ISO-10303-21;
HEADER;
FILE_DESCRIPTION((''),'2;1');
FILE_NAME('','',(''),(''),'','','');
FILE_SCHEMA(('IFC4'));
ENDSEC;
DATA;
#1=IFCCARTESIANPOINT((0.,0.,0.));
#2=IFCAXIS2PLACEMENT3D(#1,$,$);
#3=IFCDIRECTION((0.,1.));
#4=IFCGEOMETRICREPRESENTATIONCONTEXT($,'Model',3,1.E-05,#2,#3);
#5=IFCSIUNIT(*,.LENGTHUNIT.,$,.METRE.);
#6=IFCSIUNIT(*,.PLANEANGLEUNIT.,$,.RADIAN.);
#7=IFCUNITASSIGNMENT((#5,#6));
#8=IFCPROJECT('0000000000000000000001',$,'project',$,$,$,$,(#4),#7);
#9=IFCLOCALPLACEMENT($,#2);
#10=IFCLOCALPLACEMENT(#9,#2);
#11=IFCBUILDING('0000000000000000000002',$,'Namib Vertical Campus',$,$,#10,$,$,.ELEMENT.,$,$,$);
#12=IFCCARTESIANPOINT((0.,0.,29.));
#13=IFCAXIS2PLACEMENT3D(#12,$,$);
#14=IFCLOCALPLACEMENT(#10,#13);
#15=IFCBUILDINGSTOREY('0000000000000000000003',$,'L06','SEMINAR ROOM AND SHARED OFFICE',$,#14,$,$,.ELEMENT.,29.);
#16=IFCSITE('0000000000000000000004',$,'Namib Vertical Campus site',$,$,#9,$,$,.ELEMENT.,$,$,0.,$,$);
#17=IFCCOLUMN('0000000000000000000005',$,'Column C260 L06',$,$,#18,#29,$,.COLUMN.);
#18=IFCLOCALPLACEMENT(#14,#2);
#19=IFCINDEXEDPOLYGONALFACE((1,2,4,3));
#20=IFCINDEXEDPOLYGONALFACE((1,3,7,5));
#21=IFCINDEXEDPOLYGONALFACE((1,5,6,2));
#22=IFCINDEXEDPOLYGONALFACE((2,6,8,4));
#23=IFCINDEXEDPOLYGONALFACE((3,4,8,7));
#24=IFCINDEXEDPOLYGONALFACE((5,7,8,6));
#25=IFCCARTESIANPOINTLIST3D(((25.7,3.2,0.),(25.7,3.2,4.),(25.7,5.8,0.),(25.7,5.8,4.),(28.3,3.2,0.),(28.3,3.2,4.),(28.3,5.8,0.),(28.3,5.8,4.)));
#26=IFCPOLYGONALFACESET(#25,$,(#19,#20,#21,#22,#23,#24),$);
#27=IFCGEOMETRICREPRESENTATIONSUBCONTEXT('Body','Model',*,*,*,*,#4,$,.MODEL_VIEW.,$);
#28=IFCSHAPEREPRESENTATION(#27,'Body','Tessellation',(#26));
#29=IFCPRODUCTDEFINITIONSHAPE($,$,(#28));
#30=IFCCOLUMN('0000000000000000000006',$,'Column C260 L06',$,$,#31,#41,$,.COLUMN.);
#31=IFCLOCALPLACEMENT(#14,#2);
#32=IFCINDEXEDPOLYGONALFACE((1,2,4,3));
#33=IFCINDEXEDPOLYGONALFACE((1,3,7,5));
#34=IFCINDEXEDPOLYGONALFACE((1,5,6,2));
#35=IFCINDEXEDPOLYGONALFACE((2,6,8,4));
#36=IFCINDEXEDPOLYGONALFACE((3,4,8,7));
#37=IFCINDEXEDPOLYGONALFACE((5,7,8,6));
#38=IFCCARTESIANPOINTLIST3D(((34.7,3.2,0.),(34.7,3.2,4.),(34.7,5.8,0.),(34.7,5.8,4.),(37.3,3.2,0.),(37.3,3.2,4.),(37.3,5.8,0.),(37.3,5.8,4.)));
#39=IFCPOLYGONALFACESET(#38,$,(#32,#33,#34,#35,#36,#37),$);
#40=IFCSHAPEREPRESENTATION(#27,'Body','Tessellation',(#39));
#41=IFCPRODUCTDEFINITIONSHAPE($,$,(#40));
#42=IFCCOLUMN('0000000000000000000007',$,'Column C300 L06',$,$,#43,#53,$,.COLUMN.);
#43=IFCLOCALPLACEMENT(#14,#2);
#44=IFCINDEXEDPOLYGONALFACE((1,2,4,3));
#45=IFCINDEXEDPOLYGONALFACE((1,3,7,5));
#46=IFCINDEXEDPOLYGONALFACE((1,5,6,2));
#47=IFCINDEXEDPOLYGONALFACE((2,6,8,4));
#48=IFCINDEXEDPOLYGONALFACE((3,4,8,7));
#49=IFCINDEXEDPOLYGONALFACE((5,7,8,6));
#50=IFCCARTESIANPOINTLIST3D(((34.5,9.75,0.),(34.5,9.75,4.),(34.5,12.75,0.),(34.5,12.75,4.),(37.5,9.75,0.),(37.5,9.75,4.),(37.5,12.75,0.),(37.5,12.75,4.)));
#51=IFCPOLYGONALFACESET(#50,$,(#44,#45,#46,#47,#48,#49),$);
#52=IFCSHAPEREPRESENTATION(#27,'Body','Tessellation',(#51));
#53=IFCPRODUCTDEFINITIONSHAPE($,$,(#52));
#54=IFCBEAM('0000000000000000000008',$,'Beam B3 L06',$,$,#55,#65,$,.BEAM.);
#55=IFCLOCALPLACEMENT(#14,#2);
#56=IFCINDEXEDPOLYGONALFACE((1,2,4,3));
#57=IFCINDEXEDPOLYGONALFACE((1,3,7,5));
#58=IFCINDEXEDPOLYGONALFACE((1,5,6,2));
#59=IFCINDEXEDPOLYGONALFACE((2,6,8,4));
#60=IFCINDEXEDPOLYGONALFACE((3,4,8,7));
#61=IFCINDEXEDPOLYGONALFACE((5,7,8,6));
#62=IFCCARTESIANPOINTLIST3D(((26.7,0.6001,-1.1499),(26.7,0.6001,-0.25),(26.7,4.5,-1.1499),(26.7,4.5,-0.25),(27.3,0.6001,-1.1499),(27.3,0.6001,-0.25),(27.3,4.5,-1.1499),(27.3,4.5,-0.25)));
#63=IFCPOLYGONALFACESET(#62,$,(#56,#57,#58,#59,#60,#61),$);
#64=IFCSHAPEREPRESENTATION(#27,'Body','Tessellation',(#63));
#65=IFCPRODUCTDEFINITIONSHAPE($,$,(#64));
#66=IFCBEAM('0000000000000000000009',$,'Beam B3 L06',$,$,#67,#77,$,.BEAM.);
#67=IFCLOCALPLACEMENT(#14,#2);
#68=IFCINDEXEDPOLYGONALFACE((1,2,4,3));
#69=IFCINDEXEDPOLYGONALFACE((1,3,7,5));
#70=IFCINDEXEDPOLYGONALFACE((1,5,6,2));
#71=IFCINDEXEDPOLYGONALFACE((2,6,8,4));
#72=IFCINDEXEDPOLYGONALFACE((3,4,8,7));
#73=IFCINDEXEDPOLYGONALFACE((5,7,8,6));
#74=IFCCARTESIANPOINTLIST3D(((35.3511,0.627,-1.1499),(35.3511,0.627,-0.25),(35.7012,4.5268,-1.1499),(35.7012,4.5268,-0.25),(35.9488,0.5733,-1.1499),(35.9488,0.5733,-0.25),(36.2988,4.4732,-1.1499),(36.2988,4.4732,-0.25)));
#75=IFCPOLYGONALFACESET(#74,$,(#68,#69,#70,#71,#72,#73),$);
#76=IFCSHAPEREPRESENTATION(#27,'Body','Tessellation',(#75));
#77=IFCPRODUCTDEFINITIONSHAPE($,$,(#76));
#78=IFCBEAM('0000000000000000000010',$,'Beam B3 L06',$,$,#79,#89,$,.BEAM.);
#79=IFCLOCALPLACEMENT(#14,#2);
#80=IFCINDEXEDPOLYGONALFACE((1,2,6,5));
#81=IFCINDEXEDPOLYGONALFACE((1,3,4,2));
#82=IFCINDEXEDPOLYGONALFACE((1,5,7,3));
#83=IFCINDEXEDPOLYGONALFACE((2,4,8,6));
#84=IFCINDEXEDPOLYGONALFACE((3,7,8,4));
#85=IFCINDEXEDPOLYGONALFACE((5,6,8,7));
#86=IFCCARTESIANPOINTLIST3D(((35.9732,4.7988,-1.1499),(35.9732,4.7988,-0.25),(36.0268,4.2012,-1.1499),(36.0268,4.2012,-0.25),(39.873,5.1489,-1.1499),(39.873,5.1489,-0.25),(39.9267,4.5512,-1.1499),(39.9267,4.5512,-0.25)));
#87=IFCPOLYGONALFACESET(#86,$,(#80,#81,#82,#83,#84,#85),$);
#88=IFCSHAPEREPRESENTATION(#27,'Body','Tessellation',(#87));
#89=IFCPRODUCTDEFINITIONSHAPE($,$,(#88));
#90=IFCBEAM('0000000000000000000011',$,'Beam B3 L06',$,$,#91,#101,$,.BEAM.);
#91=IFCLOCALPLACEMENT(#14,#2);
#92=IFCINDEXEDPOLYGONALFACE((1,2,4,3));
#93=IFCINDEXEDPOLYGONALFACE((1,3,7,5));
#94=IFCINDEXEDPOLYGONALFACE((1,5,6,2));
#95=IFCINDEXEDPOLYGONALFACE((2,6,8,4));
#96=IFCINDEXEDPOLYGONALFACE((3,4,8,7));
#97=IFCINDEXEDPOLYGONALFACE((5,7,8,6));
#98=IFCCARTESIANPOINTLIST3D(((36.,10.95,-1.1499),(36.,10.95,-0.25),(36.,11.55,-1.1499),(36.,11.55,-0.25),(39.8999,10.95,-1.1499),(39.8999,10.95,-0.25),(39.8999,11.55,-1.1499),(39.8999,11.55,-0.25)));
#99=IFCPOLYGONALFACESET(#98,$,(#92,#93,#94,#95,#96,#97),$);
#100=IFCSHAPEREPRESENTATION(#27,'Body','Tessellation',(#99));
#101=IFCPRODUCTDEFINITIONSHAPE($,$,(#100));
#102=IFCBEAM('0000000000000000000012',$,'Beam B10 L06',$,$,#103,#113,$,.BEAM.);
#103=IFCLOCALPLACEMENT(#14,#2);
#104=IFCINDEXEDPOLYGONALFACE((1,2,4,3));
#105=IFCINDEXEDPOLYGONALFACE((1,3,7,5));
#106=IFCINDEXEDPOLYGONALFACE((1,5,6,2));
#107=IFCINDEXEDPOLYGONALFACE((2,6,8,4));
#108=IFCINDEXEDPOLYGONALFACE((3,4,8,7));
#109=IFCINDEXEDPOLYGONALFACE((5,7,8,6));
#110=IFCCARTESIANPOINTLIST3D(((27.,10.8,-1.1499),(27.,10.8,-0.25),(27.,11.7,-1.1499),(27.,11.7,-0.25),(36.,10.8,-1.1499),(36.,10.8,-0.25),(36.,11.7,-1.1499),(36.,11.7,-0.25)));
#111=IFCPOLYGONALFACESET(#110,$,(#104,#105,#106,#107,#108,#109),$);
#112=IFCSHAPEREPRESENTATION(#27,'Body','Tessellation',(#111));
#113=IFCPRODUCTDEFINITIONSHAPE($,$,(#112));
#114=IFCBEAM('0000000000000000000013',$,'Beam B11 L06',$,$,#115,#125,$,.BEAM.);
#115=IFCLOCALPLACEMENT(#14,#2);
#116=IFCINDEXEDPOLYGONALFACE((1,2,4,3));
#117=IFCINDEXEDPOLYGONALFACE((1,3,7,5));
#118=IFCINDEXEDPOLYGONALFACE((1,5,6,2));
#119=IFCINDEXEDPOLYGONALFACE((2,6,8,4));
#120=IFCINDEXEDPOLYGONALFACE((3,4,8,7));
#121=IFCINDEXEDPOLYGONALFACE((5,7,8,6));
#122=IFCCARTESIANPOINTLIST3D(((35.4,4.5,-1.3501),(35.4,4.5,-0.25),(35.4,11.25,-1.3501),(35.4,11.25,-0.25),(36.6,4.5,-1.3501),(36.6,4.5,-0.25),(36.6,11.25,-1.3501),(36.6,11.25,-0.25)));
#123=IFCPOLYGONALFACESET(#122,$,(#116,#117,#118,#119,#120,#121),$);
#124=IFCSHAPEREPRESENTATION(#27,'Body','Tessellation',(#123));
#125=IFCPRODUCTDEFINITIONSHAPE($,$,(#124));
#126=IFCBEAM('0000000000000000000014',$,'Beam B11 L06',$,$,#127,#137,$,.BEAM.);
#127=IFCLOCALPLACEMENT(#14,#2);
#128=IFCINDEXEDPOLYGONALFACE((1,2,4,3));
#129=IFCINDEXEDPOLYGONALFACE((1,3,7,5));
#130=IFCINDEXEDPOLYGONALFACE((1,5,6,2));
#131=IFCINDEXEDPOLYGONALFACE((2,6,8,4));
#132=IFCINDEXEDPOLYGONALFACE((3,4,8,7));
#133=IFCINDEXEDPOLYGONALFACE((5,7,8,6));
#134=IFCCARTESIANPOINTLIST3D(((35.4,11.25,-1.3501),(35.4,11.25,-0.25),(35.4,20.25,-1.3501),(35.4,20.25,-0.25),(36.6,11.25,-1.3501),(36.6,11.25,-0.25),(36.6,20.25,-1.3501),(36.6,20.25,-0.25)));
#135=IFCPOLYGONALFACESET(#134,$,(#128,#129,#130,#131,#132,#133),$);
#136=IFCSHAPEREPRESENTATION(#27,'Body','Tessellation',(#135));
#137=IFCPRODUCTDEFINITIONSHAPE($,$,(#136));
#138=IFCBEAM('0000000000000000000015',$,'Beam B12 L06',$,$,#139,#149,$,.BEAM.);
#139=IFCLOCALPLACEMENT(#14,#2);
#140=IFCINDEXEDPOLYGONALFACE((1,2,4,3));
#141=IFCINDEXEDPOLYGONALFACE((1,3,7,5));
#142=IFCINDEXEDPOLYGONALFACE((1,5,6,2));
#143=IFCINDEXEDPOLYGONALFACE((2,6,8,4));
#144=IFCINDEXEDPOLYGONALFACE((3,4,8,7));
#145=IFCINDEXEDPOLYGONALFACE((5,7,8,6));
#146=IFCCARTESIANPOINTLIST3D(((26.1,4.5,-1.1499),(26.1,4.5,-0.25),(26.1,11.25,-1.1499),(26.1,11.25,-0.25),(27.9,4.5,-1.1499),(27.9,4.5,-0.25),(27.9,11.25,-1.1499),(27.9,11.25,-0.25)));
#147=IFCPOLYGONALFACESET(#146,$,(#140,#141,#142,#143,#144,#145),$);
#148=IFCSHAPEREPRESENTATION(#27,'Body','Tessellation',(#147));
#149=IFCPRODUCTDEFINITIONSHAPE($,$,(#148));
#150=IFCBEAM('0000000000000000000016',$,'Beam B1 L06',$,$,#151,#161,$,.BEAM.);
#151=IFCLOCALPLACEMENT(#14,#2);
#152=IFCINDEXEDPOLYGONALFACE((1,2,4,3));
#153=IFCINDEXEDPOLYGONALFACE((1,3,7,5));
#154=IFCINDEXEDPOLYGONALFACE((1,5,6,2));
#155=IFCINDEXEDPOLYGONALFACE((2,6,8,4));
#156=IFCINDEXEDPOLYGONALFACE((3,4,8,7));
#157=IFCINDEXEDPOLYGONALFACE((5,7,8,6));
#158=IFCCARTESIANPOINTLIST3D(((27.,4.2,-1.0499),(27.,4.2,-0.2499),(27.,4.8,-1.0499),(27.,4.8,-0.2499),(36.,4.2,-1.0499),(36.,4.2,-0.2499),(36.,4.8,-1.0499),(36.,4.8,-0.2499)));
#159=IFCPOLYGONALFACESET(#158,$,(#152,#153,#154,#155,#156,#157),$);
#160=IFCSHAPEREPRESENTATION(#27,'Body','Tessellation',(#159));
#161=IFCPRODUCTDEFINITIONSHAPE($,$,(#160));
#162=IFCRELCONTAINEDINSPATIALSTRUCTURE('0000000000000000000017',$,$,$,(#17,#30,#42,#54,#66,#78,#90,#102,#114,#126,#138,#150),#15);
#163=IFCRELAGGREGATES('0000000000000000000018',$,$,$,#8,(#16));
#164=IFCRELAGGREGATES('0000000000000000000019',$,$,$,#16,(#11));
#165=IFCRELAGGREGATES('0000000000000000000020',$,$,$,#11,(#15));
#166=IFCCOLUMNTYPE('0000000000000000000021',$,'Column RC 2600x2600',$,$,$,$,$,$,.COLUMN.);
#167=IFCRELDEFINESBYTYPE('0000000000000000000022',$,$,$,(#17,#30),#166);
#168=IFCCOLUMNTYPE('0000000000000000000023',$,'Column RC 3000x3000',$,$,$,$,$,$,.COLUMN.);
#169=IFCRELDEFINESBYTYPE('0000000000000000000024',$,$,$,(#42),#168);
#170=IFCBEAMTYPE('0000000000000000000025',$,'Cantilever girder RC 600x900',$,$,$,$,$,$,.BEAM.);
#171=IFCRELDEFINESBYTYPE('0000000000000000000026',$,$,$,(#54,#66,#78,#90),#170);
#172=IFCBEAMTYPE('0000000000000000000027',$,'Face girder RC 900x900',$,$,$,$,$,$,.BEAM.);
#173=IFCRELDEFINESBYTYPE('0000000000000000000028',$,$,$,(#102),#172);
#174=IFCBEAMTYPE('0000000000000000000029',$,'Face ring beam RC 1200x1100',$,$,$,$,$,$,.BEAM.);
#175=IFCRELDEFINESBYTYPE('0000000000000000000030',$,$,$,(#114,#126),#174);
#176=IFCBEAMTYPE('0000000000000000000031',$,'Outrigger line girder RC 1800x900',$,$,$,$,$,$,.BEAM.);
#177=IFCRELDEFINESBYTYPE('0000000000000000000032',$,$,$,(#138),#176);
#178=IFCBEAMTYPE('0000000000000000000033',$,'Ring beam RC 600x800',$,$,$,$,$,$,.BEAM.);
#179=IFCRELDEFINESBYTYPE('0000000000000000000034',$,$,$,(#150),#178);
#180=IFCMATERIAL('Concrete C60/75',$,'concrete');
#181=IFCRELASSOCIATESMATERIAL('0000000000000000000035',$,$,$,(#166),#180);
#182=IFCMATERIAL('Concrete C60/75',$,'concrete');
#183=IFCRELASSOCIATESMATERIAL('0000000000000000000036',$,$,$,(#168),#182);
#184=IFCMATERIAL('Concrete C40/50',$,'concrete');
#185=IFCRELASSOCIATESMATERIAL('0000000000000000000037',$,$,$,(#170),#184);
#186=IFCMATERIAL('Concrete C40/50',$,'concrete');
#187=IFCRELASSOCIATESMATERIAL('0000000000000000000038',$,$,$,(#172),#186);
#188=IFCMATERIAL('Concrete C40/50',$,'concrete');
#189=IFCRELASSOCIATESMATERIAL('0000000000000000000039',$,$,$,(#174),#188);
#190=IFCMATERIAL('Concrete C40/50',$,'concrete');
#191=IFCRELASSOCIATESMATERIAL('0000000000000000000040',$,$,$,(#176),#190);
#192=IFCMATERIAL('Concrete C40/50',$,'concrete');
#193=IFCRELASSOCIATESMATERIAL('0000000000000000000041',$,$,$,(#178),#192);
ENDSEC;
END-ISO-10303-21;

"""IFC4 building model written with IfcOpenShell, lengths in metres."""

from ifc_helpers import new_model, si_unit, direction, frame, origin, origin_2d, place, context, subcontext, project, spatial, rectangle, extrude, material, material_profile, profile_set, type_object, element, save


model = new_model("IFC4")

# Units and contexts
model_context = context("Model", 3, precision=1e-05, world=origin(), true_north=direction((0.0, 1.0)))
body_context = subcontext(model_context, "Body", "Model", "MODEL_VIEW")
ifc_project = project(units=[si_unit("LENGTHUNIT", "METRE"), si_unit("PLANEANGLEUNIT", "RADIAN")], contexts=[model_context])

# Site, building, storey
site_placement = place(None, origin())
site = spatial("IfcSite", under=ifc_project, at=site_placement, Name="Namib Vertical Campus site", CompositionType="ELEMENT", RefElevation=0.0)
building_placement = place(site_placement, origin())
building = spatial("IfcBuilding", under=site, at=building_placement, Name="Namib Vertical Campus", CompositionType="ELEMENT")
storey_placement = place(building_placement, frame((0.0, 0.0, 29.0)))
storey = spatial("IfcBuildingStorey", under=building, at=storey_placement, Name="L06", Description="SEMINAR ROOM AND SHARED OFFICE", CompositionType="ELEMENT", Elevation=29.0)

# Columns
ifc_material_1 = material(Name="Concrete C60/75", Category="concrete")
ifc_material_profile_1 = material_profile(ifc_material_1, rectangle(XDim=2.6001, YDim=2.6001, at=origin_2d()))
ifc_profile_set_1 = profile_set([ifc_material_profile_1], Name="Concrete C60/75")
column_type_1 = type_object("IfcColumnType", Name="Column RC 2600x2600", PredefinedType="COLUMN", material=ifc_profile_set_1)
for number, where, z_axis, x_axis, name in (
    (1, (27.0, 4.5, 0.0), (0.0, 0.0, 1.0), (1.0, 0.0, 0.0), "Column C260 L06"),
    (2, (36.0, 4.5, 0.0), (0.0, 0.0, 1.0), (1.0, 0.0, 0.0), "Column C260 L06"),
):
    element("IfcColumn", number, at=place(storey_placement, frame(where, z_axis=z_axis, x_axis=x_axis)), inside=storey, type_object=column_type_1, Name=name, PredefinedType="COLUMN", context=body_context, shape_type="SweptSolid", body=[
        extrude(rectangle(XDim=2.6001, YDim=2.6001, at=origin_2d()), origin(), (0.0, 0.0, 1.0), 4.0),
    ])
ifc_material_2 = material(Name="Concrete C60/75", Category="concrete")
ifc_material_profile_2 = material_profile(ifc_material_2, rectangle(XDim=3.0, YDim=3.0, at=origin_2d()))
ifc_profile_set_2 = profile_set([ifc_material_profile_2], Name="Concrete C60/75")
column_type_2 = type_object("IfcColumnType", Name="Column RC 3000x3000", PredefinedType="COLUMN", material=ifc_profile_set_2)
column_placement = place(storey_placement, frame((36.0, 11.25, 0.0), z_axis=(0.0, 0.0, 1.0), x_axis=(1.0, 0.0, 0.0)))
element("IfcColumn", 3, at=column_placement, inside=storey, type_object=column_type_2, Name="Column C300 L06", PredefinedType="COLUMN", context=body_context, shape_type="SweptSolid", body=[
    extrude(rectangle(XDim=3.0, YDim=3.0, at=origin_2d()), origin(), (0.0, 0.0, 1.0), 4.0),
])

# Beams
ifc_material_3 = material(Name="Concrete C40/50", Category="concrete")
ifc_material_profile_3 = material_profile(ifc_material_3, rectangle(XDim=0.6001, YDim=0.8999, at=origin_2d()))
ifc_profile_set_3 = profile_set([ifc_material_profile_3], Name="Concrete C40/50")
beam_type_1 = type_object("IfcBeamType", Name="Cantilever girder RC 600x900", PredefinedType="BEAM", material=ifc_profile_set_3)
beam_1_placement = place(storey_placement, frame((27.0, 4.5, -0.7), z_axis=(0.0, -1.0, 0.0), x_axis=(1.0, 0.0, 0.0)))
element("IfcBeam", 4, at=beam_1_placement, inside=storey, type_object=beam_type_1, Name="Beam B3 L06", PredefinedType="BEAM", context=body_context, shape_type="SweptSolid", body=[
    extrude(rectangle(XDim=0.6001, YDim=0.8999, at=origin_2d()), origin(), (0.0, 0.0, 1.0), 3.8999),
])
for number, where, z_axis, x_axis, name in (
    (5, (36.0, 4.5, -0.7), (-0.089411, -0.995995, 0.0), (0.995995, -0.089411, 0.0), "Beam B3 L06"),
    (6, (36.0, 4.5, -0.7), (0.995995, 0.089411, 0.0), (-0.089411, 0.995995, 0.0), "Beam B3 L06"),
):
    element("IfcBeam", number, at=place(storey_placement, frame(where, z_axis=z_axis, x_axis=x_axis)), inside=storey, type_object=beam_type_1, Name=name, PredefinedType="BEAM", context=body_context, shape_type="SweptSolid", body=[
        extrude(rectangle(XDim=0.6001, YDim=0.8999, at=origin_2d()), origin(), (0.0, 0.0, 1.0), 3.9155),
    ])
beam_2_placement = place(storey_placement, frame((36.0, 11.25, -0.7), z_axis=(1.0, 0.0, 0.0), x_axis=(0.0, 1.0, 0.0)))
element("IfcBeam", 7, at=beam_2_placement, inside=storey, type_object=beam_type_1, Name="Beam B3 L06", PredefinedType="BEAM", context=body_context, shape_type="SweptSolid", body=[
    extrude(rectangle(XDim=0.6001, YDim=0.8999, at=origin_2d()), origin(), (0.0, 0.0, 1.0), 3.8999),
])
ifc_material_4 = material(Name="Concrete C40/50", Category="concrete")
ifc_material_profile_4 = material_profile(ifc_material_4, rectangle(XDim=0.8999, YDim=0.8999, at=origin_2d()))
ifc_profile_set_4 = profile_set([ifc_material_profile_4], Name="Concrete C40/50")
beam_type_2 = type_object("IfcBeamType", Name="Face girder RC 900x900", PredefinedType="BEAM", material=ifc_profile_set_4)
beam_3_placement = place(storey_placement, frame((36.0, 11.25, -0.7), z_axis=(-1.0, 0.0, 0.0), x_axis=(0.0, -1.0, 0.0)))
element("IfcBeam", 8, at=beam_3_placement, inside=storey, type_object=beam_type_2, Name="Beam B10 L06", PredefinedType="BEAM", context=body_context, shape_type="SweptSolid", body=[
    extrude(rectangle(XDim=0.8999, YDim=0.8999, at=origin_2d()), origin(), (0.0, 0.0, 1.0), 9.0),
])
ifc_material_5 = material(Name="Concrete C40/50", Category="concrete")
ifc_material_profile_5 = material_profile(ifc_material_5, rectangle(XDim=1.2, YDim=1.1001, at=origin_2d()))
ifc_profile_set_5 = profile_set([ifc_material_profile_5], Name="Concrete C40/50")
beam_type_3 = type_object("IfcBeamType", Name="Face ring beam RC 1200x1100", PredefinedType="BEAM", material=ifc_profile_set_5)
beam_4_placement = place(storey_placement, frame((36.0, 4.5, -0.8), z_axis=(0.0, 1.0, 0.0), x_axis=(-1.0, 0.0, 0.0)))
element("IfcBeam", 9, at=beam_4_placement, inside=storey, type_object=beam_type_3, Name="Beam B11 L06", PredefinedType="BEAM", context=body_context, shape_type="SweptSolid", body=[
    extrude(rectangle(XDim=1.2, YDim=1.1001, at=origin_2d()), origin(), (0.0, 0.0, 1.0), 6.75),
])
beam_5_placement = place(storey_placement, frame((36.0, 11.25, -0.8), z_axis=(0.0, 1.0, 0.0), x_axis=(-1.0, 0.0, 0.0)))
element("IfcBeam", 10, at=beam_5_placement, inside=storey, type_object=beam_type_3, Name="Beam B11 L06", PredefinedType="BEAM", context=body_context, shape_type="SweptSolid", body=[
    extrude(rectangle(XDim=1.2, YDim=1.1001, at=origin_2d()), origin(), (0.0, 0.0, 1.0), 9.0),
])
ifc_material_6 = material(Name="Concrete C40/50", Category="concrete")
ifc_material_profile_6 = material_profile(ifc_material_6, rectangle(XDim=1.8, YDim=0.8999, at=origin_2d()))
ifc_profile_set_6 = profile_set([ifc_material_profile_6], Name="Concrete C40/50")
beam_type_4 = type_object("IfcBeamType", Name="Outrigger line girder RC 1800x900", PredefinedType="BEAM", material=ifc_profile_set_6)
beam_6_placement = place(storey_placement, frame((27.0, 4.5, -0.7), z_axis=(0.0, 1.0, 0.0), x_axis=(-1.0, 0.0, 0.0)))
element("IfcBeam", 11, at=beam_6_placement, inside=storey, type_object=beam_type_4, Name="Beam B12 L06", PredefinedType="BEAM", context=body_context, shape_type="SweptSolid", body=[
    extrude(rectangle(XDim=1.8, YDim=0.8999, at=origin_2d()), origin(), (0.0, 0.0, 1.0), 6.75),
])
ifc_material_7 = material(Name="Concrete C40/50", Category="concrete")
ifc_material_profile_7 = material_profile(ifc_material_7, rectangle(XDim=0.6001, YDim=0.8, at=origin_2d()))
ifc_profile_set_7 = profile_set([ifc_material_profile_7], Name="Concrete C40/50")
beam_type_5 = type_object("IfcBeamType", Name="Ring beam RC 600x800", PredefinedType="BEAM", material=ifc_profile_set_7)
beam_7_placement = place(storey_placement, frame((27.0, 4.5, -0.6499), z_axis=(1.0, 0.0, 0.0), x_axis=(0.0, 1.0, 0.0)))
element("IfcBeam", 12, at=beam_7_placement, inside=storey, type_object=beam_type_5, Name="Beam B1 L06", PredefinedType="BEAM", context=body_context, shape_type="SweptSolid", body=[
    extrude(rectangle(XDim=0.6001, YDim=0.8, at=origin_2d()), origin(), (0.0, 0.0, 1.0), 9.0),
])

save(model, "model.ifc")
